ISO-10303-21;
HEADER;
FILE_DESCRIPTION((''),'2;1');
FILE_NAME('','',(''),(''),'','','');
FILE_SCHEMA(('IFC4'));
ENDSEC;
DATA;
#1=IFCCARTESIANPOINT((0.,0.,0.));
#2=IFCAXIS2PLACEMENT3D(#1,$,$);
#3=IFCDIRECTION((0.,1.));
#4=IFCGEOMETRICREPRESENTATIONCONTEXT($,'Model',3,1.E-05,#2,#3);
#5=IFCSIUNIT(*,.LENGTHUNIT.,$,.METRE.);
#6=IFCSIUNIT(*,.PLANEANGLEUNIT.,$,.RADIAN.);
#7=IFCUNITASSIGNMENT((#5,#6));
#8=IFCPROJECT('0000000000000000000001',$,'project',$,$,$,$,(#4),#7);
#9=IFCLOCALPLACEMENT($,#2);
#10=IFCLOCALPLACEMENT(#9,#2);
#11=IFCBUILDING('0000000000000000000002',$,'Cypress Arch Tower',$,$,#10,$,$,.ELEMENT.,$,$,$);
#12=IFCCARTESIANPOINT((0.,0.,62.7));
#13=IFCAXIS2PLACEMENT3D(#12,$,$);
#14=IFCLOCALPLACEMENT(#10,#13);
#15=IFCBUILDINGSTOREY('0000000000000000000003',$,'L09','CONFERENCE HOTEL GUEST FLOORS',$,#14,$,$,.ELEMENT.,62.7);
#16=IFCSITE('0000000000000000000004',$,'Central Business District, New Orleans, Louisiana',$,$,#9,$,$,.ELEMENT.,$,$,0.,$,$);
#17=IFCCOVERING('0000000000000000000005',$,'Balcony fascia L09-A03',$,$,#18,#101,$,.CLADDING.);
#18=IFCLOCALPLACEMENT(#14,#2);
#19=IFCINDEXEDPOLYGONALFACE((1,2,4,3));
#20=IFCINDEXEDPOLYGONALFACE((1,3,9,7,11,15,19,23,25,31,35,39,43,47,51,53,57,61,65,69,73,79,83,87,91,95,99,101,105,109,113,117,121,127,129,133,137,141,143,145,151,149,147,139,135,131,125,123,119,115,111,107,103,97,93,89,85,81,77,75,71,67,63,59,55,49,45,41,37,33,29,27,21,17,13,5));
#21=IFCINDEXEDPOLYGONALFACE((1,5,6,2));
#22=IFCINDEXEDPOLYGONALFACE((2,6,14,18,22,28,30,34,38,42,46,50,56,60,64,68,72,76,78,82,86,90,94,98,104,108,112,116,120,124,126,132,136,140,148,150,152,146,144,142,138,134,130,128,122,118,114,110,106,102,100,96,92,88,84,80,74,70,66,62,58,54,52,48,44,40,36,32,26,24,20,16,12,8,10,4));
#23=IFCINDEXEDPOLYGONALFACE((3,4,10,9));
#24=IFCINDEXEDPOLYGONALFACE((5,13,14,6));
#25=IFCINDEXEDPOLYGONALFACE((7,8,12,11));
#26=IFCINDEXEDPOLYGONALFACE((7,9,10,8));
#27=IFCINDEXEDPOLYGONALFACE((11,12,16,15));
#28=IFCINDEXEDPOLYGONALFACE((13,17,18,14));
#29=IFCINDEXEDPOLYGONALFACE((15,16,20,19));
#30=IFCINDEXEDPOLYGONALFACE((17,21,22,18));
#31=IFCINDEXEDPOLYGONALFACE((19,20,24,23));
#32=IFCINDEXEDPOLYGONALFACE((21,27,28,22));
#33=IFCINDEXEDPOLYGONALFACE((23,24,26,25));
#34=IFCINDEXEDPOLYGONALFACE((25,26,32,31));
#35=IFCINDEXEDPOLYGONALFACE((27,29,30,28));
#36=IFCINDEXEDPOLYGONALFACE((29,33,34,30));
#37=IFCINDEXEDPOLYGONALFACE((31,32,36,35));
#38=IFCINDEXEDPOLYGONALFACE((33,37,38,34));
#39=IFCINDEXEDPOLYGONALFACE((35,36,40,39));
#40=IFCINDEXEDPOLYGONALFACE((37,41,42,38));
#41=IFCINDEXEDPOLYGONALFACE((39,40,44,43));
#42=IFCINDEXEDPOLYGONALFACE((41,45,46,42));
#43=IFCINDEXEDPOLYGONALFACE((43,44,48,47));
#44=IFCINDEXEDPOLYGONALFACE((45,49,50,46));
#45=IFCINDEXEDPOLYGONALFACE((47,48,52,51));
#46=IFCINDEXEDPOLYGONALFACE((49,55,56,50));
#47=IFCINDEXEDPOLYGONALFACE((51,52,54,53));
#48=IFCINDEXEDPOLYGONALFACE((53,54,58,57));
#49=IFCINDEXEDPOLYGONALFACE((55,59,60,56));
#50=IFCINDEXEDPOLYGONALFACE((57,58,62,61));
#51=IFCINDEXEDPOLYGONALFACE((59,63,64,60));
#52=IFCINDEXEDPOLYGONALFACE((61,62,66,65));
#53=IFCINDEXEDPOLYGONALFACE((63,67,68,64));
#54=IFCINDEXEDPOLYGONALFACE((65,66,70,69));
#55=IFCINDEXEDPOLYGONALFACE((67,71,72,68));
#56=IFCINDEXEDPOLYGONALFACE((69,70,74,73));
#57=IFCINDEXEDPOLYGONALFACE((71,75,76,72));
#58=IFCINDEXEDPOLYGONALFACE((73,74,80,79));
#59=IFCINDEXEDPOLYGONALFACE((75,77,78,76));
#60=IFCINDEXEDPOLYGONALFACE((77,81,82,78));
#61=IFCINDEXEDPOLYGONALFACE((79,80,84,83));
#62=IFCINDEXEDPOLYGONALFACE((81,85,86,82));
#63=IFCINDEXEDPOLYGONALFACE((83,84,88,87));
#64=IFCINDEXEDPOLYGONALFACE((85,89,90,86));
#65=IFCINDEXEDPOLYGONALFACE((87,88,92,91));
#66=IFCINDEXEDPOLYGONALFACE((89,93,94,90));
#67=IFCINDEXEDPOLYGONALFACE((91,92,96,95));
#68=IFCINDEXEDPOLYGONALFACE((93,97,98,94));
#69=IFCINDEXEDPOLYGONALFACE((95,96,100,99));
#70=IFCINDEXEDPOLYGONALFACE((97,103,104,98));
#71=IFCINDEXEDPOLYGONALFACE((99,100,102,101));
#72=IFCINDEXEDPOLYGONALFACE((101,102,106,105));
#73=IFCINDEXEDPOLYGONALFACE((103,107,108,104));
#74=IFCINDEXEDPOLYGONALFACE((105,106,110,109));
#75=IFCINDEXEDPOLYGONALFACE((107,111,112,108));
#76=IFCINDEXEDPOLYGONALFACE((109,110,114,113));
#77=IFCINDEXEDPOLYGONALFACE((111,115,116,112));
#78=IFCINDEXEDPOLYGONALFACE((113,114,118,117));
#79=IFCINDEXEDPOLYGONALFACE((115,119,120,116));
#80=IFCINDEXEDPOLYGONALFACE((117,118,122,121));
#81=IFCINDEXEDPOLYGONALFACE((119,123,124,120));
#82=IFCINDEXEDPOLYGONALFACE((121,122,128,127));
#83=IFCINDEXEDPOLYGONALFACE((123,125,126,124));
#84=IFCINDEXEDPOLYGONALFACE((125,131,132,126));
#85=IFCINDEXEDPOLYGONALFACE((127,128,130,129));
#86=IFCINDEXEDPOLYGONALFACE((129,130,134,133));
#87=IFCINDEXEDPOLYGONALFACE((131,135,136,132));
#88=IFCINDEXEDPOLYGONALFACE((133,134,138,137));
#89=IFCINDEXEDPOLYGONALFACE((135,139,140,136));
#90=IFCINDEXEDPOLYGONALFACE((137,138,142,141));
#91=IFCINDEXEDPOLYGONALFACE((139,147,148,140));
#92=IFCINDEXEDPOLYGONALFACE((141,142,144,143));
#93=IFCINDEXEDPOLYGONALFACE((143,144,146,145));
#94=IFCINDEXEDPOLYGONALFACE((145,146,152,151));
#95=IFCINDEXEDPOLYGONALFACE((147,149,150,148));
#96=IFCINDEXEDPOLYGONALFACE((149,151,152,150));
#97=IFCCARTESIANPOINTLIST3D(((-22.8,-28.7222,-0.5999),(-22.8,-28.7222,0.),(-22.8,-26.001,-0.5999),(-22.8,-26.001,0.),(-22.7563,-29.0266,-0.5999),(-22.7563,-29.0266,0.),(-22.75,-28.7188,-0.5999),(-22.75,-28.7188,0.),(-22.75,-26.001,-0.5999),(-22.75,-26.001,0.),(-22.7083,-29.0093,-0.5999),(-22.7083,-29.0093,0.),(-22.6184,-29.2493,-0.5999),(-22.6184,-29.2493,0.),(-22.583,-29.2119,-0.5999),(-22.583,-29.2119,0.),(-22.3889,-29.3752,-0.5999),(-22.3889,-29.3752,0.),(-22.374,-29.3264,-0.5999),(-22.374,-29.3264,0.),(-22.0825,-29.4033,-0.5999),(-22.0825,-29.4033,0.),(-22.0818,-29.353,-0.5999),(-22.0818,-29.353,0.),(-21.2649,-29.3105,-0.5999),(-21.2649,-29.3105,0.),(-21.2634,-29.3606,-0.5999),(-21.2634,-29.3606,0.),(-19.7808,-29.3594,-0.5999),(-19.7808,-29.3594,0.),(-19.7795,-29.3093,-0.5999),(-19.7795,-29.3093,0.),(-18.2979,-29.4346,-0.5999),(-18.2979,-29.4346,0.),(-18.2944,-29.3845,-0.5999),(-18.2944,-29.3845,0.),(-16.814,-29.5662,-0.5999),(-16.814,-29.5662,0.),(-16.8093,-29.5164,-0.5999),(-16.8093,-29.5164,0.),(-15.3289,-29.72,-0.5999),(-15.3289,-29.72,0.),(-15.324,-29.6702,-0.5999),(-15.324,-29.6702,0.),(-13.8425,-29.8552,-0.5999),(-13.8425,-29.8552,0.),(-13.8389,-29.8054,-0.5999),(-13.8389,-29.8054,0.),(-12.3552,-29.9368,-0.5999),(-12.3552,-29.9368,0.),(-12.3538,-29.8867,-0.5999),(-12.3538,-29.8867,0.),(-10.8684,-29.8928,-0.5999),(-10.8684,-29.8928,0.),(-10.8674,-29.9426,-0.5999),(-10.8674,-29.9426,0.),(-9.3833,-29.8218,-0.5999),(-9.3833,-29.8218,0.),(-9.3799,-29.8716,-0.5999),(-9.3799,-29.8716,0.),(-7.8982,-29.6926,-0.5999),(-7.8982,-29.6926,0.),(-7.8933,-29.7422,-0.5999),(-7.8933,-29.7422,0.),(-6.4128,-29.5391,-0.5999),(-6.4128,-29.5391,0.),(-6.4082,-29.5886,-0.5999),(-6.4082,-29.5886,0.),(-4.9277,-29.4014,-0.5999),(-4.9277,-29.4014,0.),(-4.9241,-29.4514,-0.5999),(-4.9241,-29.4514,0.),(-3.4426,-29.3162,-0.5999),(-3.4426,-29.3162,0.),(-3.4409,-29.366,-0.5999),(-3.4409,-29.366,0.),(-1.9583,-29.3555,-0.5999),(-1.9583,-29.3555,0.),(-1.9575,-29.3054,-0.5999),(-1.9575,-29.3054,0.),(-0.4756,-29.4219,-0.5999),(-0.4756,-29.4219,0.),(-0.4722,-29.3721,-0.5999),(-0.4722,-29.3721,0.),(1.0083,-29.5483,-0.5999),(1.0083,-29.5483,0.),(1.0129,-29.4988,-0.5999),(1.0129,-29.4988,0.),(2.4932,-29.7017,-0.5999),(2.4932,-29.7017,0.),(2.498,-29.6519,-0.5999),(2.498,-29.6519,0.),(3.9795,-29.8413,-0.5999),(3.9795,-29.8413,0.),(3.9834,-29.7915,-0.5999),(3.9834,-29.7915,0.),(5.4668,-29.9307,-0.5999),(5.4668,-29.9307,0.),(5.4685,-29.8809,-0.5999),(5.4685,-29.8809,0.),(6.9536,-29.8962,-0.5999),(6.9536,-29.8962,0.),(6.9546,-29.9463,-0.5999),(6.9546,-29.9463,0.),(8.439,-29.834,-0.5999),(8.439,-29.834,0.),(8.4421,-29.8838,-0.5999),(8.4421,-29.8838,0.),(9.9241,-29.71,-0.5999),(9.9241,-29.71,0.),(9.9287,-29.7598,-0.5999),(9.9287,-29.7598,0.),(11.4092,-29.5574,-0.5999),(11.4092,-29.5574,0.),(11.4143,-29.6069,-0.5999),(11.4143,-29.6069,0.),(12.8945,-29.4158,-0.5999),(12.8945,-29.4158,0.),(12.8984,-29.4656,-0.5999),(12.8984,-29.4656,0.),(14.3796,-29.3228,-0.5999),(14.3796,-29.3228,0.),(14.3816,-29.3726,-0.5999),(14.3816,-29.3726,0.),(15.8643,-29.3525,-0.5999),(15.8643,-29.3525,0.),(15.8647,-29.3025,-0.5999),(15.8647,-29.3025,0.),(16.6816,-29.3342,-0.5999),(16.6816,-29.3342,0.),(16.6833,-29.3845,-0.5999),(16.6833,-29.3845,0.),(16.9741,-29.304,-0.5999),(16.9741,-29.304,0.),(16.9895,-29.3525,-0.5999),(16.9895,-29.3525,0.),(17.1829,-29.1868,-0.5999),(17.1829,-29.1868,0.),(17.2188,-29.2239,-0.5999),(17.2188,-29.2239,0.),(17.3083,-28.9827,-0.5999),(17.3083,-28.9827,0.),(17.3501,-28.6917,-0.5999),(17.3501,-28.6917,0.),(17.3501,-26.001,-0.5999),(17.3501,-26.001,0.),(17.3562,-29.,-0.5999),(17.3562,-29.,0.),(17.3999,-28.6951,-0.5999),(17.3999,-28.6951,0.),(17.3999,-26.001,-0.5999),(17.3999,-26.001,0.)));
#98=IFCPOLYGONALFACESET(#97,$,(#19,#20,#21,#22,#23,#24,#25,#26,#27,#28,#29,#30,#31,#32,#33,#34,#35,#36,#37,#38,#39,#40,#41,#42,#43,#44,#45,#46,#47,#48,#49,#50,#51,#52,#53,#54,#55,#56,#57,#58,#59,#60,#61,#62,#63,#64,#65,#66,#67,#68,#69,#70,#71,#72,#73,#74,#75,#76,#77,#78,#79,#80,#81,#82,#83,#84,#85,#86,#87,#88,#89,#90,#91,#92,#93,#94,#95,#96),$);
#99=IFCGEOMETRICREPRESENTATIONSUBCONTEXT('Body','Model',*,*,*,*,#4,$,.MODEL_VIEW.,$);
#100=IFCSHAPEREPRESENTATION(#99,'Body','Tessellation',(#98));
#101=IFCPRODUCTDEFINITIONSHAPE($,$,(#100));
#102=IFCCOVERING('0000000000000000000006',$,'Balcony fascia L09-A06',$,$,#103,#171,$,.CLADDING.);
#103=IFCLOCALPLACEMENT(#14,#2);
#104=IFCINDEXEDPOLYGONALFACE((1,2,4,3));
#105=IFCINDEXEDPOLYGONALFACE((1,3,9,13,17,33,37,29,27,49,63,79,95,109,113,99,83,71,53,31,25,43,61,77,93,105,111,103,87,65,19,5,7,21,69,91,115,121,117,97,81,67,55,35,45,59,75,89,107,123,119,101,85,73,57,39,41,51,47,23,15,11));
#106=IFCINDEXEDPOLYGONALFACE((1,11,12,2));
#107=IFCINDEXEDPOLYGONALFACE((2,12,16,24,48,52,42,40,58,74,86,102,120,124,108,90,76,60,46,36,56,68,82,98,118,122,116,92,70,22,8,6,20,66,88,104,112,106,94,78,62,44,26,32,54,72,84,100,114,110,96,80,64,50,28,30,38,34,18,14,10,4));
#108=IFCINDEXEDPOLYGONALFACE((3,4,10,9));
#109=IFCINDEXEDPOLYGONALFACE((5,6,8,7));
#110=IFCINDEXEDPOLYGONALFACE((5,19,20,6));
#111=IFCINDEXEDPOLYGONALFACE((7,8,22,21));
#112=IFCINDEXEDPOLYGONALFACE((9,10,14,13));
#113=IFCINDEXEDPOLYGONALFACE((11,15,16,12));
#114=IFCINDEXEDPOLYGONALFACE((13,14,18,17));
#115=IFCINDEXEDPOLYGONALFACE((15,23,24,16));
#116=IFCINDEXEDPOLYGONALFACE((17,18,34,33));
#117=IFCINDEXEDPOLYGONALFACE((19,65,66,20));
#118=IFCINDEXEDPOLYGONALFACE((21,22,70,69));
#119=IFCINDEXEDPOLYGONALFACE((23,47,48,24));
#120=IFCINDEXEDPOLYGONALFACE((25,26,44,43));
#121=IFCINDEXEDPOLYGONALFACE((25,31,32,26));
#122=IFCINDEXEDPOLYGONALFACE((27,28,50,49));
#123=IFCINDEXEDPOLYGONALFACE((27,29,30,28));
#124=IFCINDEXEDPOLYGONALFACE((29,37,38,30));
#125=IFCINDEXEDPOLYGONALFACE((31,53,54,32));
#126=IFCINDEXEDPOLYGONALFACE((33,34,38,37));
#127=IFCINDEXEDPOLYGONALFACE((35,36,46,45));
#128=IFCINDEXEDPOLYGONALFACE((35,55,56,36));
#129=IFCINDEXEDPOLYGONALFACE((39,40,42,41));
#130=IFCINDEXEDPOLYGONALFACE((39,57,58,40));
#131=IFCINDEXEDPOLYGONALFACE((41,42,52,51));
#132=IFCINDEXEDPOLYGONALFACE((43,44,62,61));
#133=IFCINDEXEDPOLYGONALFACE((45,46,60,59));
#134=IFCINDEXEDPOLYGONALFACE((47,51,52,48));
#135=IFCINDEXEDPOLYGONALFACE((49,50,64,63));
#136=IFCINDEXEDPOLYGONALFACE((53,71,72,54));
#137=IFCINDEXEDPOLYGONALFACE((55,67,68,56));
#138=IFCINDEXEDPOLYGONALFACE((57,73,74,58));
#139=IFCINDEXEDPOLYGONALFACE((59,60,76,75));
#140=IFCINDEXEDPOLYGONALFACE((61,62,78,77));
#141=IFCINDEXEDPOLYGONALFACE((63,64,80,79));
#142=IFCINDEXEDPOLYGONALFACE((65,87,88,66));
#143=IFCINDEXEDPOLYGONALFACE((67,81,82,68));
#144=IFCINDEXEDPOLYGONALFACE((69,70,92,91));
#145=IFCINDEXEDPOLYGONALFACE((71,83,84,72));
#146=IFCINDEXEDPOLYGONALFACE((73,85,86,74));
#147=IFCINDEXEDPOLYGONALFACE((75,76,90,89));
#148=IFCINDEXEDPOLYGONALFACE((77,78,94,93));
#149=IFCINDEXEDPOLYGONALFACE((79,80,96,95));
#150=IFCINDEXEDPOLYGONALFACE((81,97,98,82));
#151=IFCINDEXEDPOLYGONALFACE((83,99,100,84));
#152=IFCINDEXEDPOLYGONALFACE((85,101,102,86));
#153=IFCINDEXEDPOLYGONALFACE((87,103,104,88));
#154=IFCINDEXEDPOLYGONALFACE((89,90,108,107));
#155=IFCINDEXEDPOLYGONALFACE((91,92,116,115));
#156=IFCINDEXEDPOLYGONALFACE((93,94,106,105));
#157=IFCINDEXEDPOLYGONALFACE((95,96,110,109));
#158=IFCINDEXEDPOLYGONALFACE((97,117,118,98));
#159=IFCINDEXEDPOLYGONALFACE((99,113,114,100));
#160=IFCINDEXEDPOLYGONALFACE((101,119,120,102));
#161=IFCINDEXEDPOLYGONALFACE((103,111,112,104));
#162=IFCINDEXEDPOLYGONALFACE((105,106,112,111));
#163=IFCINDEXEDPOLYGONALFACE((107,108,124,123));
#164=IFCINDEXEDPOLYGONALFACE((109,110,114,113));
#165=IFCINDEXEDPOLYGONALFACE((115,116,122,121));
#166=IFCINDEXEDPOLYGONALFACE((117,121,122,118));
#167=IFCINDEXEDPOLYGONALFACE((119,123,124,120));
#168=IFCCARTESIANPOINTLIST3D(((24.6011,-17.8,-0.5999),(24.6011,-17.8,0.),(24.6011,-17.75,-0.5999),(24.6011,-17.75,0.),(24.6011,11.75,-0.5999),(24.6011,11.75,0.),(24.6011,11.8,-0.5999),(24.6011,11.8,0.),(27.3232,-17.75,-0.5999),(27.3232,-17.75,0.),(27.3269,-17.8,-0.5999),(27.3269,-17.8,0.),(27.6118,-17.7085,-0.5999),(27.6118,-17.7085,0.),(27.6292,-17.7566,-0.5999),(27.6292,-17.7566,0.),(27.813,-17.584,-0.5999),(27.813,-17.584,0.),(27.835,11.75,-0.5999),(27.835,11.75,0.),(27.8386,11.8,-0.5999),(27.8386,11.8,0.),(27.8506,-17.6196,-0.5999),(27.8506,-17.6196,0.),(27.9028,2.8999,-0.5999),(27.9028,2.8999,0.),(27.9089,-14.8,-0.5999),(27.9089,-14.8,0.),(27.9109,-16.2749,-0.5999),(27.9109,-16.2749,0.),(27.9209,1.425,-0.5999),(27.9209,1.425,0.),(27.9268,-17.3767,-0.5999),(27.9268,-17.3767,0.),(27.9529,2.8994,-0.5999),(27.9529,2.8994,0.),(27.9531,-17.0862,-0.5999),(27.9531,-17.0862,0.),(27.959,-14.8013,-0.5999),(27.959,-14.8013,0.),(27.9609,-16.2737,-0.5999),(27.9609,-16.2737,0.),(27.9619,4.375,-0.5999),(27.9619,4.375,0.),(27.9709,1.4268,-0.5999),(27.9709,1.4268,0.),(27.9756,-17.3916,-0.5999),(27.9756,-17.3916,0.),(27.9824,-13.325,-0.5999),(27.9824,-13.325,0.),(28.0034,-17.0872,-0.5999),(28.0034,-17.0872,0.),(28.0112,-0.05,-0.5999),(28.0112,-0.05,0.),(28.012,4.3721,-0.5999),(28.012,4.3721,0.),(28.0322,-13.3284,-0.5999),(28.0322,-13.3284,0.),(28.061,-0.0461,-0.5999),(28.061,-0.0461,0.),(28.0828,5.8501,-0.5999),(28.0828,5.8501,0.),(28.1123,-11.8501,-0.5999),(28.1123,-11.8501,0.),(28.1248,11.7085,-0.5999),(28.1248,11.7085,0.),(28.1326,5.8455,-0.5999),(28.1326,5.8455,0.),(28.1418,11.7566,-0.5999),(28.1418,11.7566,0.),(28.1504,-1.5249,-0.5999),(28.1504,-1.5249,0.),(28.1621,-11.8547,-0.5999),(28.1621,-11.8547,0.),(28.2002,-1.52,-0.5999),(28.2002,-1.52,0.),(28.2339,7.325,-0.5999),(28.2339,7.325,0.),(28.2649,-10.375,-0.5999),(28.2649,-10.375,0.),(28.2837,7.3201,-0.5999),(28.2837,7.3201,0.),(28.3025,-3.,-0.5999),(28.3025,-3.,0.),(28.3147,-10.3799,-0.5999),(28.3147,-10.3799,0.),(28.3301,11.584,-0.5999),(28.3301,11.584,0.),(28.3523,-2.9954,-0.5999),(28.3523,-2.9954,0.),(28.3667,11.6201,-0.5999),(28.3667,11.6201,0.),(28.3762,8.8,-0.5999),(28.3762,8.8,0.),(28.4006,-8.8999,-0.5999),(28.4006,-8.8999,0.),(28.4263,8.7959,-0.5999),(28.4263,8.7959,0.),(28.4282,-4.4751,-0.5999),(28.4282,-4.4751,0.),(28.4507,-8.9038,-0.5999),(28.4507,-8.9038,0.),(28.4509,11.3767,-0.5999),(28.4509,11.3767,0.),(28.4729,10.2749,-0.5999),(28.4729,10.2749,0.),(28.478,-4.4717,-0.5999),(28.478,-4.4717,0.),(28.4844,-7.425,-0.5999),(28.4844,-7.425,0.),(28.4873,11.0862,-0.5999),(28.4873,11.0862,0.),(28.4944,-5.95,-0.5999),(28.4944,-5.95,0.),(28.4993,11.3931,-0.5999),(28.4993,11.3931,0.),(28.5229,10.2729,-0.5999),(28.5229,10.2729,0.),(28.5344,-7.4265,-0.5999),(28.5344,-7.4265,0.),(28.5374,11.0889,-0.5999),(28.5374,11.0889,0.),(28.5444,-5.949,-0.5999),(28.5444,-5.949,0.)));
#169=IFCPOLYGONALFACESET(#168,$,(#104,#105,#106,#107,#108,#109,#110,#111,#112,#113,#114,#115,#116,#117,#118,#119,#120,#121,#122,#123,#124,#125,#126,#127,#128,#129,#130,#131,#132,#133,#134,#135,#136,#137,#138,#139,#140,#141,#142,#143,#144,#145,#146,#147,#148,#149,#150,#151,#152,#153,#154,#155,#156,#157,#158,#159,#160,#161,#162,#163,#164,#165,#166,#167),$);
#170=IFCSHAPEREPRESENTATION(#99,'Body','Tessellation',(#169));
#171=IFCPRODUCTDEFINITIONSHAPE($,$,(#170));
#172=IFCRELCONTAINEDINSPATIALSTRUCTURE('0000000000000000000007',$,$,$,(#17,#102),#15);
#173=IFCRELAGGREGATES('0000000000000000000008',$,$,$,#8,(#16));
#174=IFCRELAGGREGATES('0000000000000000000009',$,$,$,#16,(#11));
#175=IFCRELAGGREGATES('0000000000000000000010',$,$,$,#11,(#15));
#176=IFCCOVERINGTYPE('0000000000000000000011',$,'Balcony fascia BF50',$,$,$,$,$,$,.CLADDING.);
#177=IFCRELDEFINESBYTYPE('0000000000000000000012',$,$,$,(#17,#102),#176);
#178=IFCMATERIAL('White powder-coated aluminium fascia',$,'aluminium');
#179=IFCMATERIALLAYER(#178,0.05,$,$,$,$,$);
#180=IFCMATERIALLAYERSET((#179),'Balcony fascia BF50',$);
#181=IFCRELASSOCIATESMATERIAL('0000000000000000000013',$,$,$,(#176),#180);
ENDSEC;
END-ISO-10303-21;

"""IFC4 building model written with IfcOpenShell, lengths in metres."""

from ifc_helpers import new_model, si_unit, direction, frame, origin, place, context, subcontext, project, spatial, polyline, outline, extrude, material, layer, layer_set, type_object, element, save


model = new_model("IFC4")

# Units and contexts
model_context = context("Model", 3, precision=1e-05, world=origin(), true_north=direction((0.0, 1.0)))
body_context = subcontext(model_context, "Body", "Model", "MODEL_VIEW")
ifc_project = project(units=[si_unit("LENGTHUNIT", "METRE"), si_unit("PLANEANGLEUNIT", "RADIAN")], contexts=[model_context])

# Site, building, storey
site_placement = place(None, origin())
site = spatial("IfcSite", under=ifc_project, at=site_placement, Name="Central Business District, New Orleans, Louisiana", CompositionType="ELEMENT", RefElevation=0.0)
building_placement = place(site_placement, origin())
building = spatial("IfcBuilding", under=site, at=building_placement, Name="Cypress Arch Tower", CompositionType="ELEMENT")
storey_placement = place(building_placement, frame((0.0, 0.0, 62.7)))
storey = spatial("IfcBuildingStorey", under=building, at=storey_placement, Name="L09", Description="CONFERENCE HOTEL GUEST FLOORS", CompositionType="ELEMENT", Elevation=62.7)

# Coverings
ifc_material_1 = material(Name="White powder-coated aluminium fascia", Category="aluminium")
ifc_layer_1 = layer(ifc_material_1, 0.05)
ifc_layer_set_1 = layer_set([ifc_layer_1], Name="Balcony fascia BF50")
covering_type_1 = type_object("IfcCoveringType", Name="Balcony fascia BF50", PredefinedType="CLADDING", material=ifc_layer_set_1)
covering_1_placement = place(storey_placement, frame((0.0, 0.0, -0.5999)))
element("IfcCovering", 1, at=covering_1_placement, inside=storey, type_object=covering_type_1, Name="Balcony fascia L09-A03", PredefinedType="CLADDING", context=body_context, shape_type="SweptSolid", body=[
    extrude(outline(polyline([(17.3999, -28.6951), (17.3562, -29.0), (17.2188, -29.2239), (16.9895, -29.3525), (16.6833, -29.3845), (15.8643, -29.3525), (14.3816, -29.3726), (12.8984, -29.4656), (11.4143, -29.6069), (9.9287, -29.7598), (8.4421, -29.8838), (6.9546, -29.9463), (5.4668, -29.9307), (3.9795, -29.8413), (2.4932, -29.7017), (1.0083, -29.5483), (-0.4756, -29.4219), (-1.9583, -29.3555), (-3.4409, -29.366), (-4.9241, -29.4514), (-6.4082, -29.5886), (-7.8933, -29.7422), (-9.3799, -29.8716), (-10.8674, -29.9426), (-12.3552, -29.9368), (-13.8425, -29.8552), (-15.3289, -29.72), (-16.814, -29.5662), (-18.2979, -29.4346), (-19.7808, -29.3594), (-21.2634, -29.3606), (-22.0825, -29.4033), (-22.3889, -29.3752), (-22.6184, -29.2493), (-22.7563, -29.0266), (-22.8, -28.7222), (-22.8, -26.001), (-22.75, -26.001), (-22.75, -28.7188), (-22.7083, -29.0093), (-22.583, -29.2119), (-22.374, -29.3264), (-22.0818, -29.353), (-21.2649, -29.3105), (-19.7795, -29.3093), (-18.2944, -29.3845), (-16.8093, -29.5164), (-15.324, -29.6702), (-13.8389, -29.8054), (-12.3538, -29.8867), (-10.8684, -29.8928), (-9.3833, -29.8218), (-7.8982, -29.6926), (-6.4128, -29.5391), (-4.9277, -29.4014), (-3.4426, -29.3162), (-1.9575, -29.3054), (-0.4722, -29.3721), (1.0129, -29.4988), (2.498, -29.6519), (3.9834, -29.7915), (5.4685, -29.8809), (6.9536, -29.8962), (8.439, -29.834), (9.9241, -29.71), (11.4092, -29.5574), (12.8945, -29.4158), (14.3796, -29.3228), (15.8647, -29.3025), (16.6816, -29.3342), (16.9741, -29.304), (17.1829, -29.1868), (17.3083, -28.9827), (17.3501, -28.6917), (17.3501, -26.001), (17.3999, -26.001), (17.3999, -28.6951)])), origin(), (0.0, 0.0, 1.0), 0.5999),
])
covering_2_placement = place(storey_placement, frame((0.0, 0.0, -0.5999)))
element("IfcCovering", 2, at=covering_2_placement, inside=storey, type_object=covering_type_1, Name="Balcony fascia L09-A06", PredefinedType="CLADDING", context=body_context, shape_type="SweptSolid", body=[
    extrude(outline(polyline([(27.8386, 11.8), (28.1418, 11.7566), (28.3667, 11.6201), (28.4993, 11.3931), (28.5374, 11.0889), (28.5229, 10.2729), (28.4263, 8.7959), (28.2837, 7.3201), (28.1326, 5.8455), (28.012, 4.3721), (27.9529, 2.8994), (27.9709, 1.4268), (28.061, -0.0461), (28.2002, -1.52), (28.3523, -2.9954), (28.478, -4.4717), (28.5444, -5.949), (28.5344, -7.4265), (28.4507, -8.9038), (28.3147, -10.3799), (28.1621, -11.8547), (28.0322, -13.3284), (27.959, -14.8013), (27.9609, -16.2737), (28.0034, -17.0872), (27.9756, -17.3916), (27.8506, -17.6196), (27.6292, -17.7566), (27.3269, -17.8), (24.6011, -17.8), (24.6011, -17.75), (27.3232, -17.75), (27.6118, -17.7085), (27.813, -17.584), (27.9268, -17.3767), (27.9531, -17.0862), (27.9109, -16.2749), (27.9089, -14.8), (27.9824, -13.325), (28.1123, -11.8501), (28.2649, -10.375), (28.4006, -8.8999), (28.4844, -7.425), (28.4944, -5.95), (28.4282, -4.4751), (28.3025, -3.0), (28.1504, -1.5249), (28.0112, -0.05), (27.9209, 1.425), (27.9028, 2.8999), (27.9619, 4.375), (28.0828, 5.8501), (28.2339, 7.325), (28.3762, 8.8), (28.4729, 10.2749), (28.4873, 11.0862), (28.4509, 11.3767), (28.3301, 11.584), (28.1248, 11.7085), (27.835, 11.75), (24.6011, 11.75), (24.6011, 11.8), (27.8386, 11.8)])), origin(), (0.0, 0.0, 1.0), 0.5999),
])

save(model, "model.ifc")
